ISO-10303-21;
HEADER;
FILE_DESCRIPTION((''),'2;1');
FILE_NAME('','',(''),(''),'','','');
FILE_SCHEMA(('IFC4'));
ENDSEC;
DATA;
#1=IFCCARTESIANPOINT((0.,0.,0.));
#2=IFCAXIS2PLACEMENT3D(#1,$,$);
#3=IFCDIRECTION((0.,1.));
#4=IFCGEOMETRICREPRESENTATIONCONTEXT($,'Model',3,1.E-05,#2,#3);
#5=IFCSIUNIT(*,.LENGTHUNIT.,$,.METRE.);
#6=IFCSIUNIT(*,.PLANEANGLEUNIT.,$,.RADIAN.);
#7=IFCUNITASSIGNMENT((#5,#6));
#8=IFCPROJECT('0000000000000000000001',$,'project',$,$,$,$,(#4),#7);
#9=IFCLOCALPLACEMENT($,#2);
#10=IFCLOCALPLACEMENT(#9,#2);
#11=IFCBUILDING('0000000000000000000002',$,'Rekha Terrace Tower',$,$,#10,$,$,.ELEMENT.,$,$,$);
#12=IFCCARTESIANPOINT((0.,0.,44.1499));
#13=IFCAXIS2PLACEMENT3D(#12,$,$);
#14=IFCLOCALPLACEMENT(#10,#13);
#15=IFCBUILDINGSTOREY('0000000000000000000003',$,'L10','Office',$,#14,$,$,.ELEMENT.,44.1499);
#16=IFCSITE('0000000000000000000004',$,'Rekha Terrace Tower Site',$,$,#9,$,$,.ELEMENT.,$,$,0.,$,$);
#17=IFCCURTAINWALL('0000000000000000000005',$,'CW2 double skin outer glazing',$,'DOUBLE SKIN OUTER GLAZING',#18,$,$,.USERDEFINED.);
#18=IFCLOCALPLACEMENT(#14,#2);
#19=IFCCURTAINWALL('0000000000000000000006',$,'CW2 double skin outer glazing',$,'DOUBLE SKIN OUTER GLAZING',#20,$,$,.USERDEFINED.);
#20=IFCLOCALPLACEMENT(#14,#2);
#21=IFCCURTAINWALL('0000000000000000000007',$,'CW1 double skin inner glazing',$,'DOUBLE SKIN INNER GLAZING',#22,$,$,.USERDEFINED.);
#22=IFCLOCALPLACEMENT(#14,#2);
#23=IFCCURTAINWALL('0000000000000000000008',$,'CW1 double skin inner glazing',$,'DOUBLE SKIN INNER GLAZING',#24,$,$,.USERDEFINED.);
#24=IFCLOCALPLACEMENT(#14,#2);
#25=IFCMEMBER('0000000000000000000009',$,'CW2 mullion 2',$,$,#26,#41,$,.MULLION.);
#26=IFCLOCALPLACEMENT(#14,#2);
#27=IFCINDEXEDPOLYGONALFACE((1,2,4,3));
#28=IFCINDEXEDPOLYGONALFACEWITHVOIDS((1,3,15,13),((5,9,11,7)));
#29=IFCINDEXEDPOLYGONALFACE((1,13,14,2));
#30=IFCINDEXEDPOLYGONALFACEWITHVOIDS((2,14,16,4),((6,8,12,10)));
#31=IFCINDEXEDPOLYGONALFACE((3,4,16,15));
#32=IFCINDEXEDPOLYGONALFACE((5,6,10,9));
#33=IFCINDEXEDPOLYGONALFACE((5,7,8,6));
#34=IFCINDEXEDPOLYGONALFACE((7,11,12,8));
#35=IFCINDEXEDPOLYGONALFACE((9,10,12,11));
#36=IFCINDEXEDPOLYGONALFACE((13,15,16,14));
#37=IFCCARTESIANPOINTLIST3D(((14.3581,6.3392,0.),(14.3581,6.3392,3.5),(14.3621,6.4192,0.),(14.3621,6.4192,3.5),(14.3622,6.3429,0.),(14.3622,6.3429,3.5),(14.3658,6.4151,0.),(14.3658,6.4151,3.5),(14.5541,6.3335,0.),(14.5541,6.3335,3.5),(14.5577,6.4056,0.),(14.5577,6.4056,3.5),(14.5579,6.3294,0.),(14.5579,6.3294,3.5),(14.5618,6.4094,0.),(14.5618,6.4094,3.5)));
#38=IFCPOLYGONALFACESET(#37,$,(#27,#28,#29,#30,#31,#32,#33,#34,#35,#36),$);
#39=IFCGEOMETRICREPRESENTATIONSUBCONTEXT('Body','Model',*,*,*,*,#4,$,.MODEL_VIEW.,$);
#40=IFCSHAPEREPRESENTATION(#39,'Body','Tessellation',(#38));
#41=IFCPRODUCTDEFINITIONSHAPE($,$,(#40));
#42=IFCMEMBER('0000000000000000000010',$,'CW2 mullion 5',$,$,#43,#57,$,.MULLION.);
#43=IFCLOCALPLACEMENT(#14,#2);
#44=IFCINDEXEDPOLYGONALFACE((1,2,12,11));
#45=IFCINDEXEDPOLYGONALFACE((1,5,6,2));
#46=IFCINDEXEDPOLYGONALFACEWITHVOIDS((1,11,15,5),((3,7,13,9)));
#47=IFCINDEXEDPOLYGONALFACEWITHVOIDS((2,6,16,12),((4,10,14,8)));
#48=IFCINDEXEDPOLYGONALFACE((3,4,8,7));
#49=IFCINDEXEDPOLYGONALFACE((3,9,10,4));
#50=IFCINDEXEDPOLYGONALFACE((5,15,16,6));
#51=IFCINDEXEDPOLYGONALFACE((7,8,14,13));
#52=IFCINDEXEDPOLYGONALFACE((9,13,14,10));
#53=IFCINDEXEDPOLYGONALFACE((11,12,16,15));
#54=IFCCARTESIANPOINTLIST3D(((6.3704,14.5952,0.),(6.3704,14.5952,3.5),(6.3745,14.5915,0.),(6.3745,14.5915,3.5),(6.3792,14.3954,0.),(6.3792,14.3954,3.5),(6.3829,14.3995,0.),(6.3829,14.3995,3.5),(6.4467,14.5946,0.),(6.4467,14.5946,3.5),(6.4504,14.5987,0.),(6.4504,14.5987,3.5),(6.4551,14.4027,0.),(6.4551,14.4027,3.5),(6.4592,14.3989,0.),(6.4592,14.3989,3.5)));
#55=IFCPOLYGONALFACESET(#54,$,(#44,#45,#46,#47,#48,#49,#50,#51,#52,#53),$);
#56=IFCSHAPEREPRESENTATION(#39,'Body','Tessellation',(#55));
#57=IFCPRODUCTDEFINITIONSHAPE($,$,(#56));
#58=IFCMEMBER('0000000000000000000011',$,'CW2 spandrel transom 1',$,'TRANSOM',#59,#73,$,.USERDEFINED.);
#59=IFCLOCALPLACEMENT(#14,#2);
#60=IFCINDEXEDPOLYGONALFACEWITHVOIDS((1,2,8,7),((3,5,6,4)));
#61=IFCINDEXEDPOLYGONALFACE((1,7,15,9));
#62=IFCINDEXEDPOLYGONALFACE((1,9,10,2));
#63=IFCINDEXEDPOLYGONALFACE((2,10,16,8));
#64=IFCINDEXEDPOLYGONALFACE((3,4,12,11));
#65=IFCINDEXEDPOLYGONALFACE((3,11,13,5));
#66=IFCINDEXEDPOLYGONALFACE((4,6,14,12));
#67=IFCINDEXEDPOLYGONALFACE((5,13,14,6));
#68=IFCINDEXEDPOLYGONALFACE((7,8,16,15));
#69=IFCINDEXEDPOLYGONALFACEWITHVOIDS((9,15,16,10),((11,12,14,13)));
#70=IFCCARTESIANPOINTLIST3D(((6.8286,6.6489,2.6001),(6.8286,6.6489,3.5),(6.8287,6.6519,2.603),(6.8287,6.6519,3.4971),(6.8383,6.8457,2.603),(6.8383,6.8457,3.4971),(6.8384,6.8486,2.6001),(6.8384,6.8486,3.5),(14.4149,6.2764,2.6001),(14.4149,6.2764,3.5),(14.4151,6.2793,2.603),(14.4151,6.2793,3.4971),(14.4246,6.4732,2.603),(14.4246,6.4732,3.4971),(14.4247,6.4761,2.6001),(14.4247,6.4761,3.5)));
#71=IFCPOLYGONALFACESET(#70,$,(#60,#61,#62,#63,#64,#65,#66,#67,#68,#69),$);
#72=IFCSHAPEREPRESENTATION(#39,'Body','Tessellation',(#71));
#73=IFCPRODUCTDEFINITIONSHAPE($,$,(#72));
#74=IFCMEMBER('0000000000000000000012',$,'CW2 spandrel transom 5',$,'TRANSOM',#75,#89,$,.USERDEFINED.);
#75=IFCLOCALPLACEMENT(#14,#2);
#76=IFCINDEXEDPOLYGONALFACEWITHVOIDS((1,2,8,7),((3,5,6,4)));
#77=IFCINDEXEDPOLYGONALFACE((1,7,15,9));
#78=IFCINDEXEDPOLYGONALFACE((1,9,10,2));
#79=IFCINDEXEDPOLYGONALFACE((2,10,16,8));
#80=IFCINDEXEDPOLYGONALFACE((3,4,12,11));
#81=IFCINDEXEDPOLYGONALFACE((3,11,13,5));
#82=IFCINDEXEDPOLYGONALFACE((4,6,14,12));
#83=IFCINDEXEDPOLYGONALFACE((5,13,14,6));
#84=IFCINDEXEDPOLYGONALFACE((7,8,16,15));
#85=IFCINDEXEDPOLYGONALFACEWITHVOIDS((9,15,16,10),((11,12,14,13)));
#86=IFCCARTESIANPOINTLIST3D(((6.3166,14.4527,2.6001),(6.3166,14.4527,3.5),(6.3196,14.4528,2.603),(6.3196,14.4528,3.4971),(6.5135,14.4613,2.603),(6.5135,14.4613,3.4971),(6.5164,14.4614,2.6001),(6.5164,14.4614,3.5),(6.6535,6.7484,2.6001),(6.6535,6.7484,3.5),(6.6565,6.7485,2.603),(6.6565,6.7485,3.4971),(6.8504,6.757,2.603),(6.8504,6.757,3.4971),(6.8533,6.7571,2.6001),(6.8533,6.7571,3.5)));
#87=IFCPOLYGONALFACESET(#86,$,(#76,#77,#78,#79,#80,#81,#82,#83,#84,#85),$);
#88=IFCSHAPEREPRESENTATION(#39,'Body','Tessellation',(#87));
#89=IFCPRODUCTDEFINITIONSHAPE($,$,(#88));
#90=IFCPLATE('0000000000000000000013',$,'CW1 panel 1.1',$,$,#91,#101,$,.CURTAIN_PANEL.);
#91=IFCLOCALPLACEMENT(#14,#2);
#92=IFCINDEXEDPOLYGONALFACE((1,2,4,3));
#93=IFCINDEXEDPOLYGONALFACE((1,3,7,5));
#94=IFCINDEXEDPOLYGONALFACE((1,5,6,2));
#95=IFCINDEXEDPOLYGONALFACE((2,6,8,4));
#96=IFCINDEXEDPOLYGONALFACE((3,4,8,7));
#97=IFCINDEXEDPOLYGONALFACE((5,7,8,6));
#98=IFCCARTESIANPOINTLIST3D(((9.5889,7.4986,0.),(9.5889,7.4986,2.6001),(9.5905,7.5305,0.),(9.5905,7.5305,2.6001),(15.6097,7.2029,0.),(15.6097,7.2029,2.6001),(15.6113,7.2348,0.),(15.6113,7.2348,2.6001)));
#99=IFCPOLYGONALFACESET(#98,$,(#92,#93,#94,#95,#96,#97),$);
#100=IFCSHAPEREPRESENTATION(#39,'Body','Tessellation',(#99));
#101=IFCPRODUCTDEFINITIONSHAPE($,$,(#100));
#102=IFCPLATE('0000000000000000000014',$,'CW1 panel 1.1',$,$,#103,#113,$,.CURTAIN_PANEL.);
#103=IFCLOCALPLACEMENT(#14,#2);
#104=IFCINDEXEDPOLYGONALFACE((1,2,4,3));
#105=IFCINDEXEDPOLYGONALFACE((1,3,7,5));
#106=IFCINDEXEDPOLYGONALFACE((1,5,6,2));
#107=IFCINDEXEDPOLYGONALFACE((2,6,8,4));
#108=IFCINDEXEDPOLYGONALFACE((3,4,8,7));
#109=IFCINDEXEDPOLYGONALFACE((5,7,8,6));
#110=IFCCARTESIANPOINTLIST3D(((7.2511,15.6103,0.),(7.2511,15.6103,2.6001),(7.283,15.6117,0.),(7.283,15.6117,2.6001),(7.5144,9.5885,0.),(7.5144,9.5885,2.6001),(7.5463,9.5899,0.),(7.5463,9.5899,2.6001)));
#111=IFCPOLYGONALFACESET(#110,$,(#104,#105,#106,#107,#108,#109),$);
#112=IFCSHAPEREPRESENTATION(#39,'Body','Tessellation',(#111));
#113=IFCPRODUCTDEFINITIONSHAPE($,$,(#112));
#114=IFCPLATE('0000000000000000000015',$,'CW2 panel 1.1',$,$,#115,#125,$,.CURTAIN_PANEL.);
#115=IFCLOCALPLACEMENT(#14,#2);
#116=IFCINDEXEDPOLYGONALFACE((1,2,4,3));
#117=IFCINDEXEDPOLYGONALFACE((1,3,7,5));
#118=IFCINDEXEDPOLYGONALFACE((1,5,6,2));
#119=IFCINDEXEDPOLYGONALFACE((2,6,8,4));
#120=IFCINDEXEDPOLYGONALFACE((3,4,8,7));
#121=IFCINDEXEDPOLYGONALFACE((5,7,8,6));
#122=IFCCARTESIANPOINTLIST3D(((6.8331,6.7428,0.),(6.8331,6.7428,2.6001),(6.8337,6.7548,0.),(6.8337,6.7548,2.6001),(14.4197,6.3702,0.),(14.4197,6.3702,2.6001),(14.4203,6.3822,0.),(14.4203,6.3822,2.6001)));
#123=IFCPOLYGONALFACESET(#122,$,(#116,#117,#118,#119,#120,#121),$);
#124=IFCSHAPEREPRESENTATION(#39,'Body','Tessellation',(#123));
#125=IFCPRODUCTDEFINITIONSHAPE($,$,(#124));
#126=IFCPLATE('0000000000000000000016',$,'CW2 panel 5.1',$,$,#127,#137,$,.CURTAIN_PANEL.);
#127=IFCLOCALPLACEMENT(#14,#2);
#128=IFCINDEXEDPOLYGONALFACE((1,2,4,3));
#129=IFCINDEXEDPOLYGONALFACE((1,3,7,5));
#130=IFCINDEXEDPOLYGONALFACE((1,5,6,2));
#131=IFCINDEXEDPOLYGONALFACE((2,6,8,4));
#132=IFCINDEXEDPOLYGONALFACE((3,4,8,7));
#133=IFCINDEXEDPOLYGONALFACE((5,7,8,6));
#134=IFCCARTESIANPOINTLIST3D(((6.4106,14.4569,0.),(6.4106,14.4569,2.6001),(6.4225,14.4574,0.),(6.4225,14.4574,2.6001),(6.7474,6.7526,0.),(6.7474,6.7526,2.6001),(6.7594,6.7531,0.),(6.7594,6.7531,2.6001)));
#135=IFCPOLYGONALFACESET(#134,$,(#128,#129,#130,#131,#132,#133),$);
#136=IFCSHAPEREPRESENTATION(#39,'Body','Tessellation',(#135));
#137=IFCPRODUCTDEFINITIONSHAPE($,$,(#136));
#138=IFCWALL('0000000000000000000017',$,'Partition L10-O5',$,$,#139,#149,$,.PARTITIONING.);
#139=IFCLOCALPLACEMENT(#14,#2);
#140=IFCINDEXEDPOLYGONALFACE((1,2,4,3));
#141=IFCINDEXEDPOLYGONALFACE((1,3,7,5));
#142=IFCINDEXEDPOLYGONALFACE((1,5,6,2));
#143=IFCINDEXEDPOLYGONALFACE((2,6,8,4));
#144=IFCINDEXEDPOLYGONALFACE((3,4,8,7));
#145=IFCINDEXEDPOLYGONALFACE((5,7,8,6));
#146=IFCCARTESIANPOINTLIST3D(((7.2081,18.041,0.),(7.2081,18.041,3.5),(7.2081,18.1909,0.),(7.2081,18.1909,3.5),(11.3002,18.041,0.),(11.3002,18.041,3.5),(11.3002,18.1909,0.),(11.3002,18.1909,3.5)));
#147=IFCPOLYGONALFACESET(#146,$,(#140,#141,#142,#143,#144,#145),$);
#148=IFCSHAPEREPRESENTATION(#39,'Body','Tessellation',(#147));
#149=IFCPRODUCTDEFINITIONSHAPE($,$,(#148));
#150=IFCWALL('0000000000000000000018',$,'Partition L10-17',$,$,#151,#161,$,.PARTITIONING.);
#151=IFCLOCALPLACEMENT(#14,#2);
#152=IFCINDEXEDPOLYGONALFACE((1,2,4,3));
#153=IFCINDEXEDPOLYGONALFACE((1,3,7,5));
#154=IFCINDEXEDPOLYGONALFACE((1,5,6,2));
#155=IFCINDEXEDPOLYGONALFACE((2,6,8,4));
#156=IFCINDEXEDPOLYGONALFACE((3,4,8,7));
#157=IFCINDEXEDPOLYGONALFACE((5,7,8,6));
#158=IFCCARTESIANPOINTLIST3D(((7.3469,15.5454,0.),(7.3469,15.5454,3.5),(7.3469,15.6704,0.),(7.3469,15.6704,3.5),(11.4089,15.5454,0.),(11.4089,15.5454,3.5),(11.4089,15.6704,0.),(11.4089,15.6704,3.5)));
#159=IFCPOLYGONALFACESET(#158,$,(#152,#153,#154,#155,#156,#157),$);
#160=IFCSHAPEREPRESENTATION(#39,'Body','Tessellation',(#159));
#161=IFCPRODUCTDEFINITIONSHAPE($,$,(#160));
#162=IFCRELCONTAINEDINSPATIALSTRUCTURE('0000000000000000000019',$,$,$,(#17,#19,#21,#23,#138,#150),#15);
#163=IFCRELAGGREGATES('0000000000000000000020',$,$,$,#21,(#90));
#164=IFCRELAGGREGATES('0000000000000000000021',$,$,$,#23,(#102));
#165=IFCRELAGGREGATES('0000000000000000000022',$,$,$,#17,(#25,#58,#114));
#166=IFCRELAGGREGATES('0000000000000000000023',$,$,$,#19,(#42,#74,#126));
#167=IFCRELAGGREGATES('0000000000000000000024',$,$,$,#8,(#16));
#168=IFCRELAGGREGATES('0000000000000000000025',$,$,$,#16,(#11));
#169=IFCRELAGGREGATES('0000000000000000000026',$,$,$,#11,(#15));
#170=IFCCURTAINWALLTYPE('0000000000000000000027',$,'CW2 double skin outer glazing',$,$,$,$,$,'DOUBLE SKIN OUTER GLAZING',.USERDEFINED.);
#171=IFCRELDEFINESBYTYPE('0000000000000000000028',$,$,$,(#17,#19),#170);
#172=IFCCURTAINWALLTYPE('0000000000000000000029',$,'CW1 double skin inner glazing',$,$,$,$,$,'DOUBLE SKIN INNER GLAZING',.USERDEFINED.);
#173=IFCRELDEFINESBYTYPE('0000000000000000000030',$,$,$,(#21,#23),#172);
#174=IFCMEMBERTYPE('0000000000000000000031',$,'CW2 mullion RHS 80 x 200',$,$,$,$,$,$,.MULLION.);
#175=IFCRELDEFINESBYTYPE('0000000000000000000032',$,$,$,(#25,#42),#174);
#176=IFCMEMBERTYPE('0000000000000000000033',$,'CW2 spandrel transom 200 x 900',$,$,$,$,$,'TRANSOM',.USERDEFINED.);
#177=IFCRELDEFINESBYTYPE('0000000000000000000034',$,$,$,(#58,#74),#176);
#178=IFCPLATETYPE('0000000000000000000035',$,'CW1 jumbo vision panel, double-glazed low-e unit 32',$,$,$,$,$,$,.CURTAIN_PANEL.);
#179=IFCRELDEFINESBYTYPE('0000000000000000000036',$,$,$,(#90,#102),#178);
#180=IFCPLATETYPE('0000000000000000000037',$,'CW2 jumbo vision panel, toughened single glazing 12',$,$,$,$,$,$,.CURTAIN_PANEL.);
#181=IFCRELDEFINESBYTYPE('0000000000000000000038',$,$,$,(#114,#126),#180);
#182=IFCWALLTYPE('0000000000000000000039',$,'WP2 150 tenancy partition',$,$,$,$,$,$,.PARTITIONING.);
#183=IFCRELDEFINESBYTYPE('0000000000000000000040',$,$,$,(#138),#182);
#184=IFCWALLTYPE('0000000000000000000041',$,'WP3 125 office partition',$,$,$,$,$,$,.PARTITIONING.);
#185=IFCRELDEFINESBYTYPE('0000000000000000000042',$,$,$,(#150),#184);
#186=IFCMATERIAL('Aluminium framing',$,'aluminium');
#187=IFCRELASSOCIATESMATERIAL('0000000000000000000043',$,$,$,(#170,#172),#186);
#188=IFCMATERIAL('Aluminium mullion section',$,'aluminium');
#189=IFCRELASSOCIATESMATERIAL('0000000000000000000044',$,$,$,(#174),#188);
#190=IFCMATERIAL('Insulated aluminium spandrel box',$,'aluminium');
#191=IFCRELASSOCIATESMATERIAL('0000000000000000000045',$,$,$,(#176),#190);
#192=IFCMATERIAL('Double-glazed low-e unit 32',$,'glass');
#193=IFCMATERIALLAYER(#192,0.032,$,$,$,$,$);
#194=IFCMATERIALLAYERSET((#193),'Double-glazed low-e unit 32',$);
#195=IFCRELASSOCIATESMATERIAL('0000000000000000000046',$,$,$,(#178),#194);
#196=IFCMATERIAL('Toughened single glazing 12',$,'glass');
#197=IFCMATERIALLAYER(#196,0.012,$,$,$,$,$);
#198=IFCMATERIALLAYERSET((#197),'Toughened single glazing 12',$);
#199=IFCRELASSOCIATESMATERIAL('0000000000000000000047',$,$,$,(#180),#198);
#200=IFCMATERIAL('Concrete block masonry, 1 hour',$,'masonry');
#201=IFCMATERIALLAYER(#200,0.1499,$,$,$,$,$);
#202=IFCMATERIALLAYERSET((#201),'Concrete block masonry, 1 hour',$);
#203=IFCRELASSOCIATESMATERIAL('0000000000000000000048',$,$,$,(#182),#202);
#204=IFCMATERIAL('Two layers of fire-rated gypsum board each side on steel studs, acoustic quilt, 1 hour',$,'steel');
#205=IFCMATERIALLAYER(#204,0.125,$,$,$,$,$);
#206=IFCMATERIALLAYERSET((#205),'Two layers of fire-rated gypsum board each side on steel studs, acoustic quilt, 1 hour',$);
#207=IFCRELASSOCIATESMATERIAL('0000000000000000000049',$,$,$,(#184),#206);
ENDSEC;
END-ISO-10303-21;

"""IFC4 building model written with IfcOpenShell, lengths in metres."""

from ifc_helpers import new_model, si_unit, direction, frame, frame_2d, origin, origin_2d, place, context, subcontext, project, spatial, rectangle, hollow_rectangle, extrude, material, layer, layer_set, material_profile, profile_set, type_object, element, aggregate, save


model = new_model("IFC4")

# Units and contexts
model_context = context("Model", 3, precision=1e-05, world=origin(), true_north=direction((0.0, 1.0)))
body_context = subcontext(model_context, "Body", "Model", "MODEL_VIEW")
ifc_project = project(units=[si_unit("LENGTHUNIT", "METRE"), si_unit("PLANEANGLEUNIT", "RADIAN")], contexts=[model_context])

# Site, building, storey
site_placement = place(None, origin())
site = spatial("IfcSite", under=ifc_project, at=site_placement, Name="Rekha Terrace Tower Site", CompositionType="ELEMENT", RefElevation=0.0)
building_placement = place(site_placement, origin())
building = spatial("IfcBuilding", under=site, at=building_placement, Name="Rekha Terrace Tower", CompositionType="ELEMENT")
storey_placement = place(building_placement, frame((0.0, 0.0, 44.1499)))
storey = spatial("IfcBuildingStorey", under=building, at=storey_placement, Name="L10", Description="Office", CompositionType="ELEMENT", Elevation=44.1499)

# Curtain walls
ifc_material_1 = material(Name="Aluminium framing", Category="aluminium")
curtain_wall_type_1 = type_object("IfcCurtainWallType", Name="CW2 double skin outer glazing", ElementType="DOUBLE SKIN OUTER GLAZING", PredefinedType="USERDEFINED", material=ifc_material_1)
curtain_wall_1_placement = place(storey_placement, origin())
curtain_wall_1 = element("IfcCurtainWall", 1, at=curtain_wall_1_placement, inside=storey, type_object=curtain_wall_type_1, Name="CW2 double skin outer glazing", ObjectType="DOUBLE SKIN OUTER GLAZING", PredefinedType="USERDEFINED")
curtain_wall_2_placement = place(storey_placement, origin())
curtain_wall_2 = element("IfcCurtainWall", 2, at=curtain_wall_2_placement, inside=storey, type_object=curtain_wall_type_1, Name="CW2 double skin outer glazing", ObjectType="DOUBLE SKIN OUTER GLAZING", PredefinedType="USERDEFINED")
curtain_wall_type_2 = type_object("IfcCurtainWallType", Name="CW1 double skin inner glazing", ElementType="DOUBLE SKIN INNER GLAZING", PredefinedType="USERDEFINED", material=ifc_material_1)
curtain_wall_3_placement = place(storey_placement, origin())
curtain_wall_3 = element("IfcCurtainWall", 3, at=curtain_wall_3_placement, inside=storey, type_object=curtain_wall_type_2, Name="CW1 double skin inner glazing", ObjectType="DOUBLE SKIN INNER GLAZING", PredefinedType="USERDEFINED")
ifc_material_2 = material(Name="Aluminium mullion section", Category="aluminium")

# Curtain wall
curtain_wall_4_placement = place(storey_placement, origin())
curtain_wall_4 = element("IfcCurtainWall", 4, at=curtain_wall_4_placement, inside=storey, type_object=curtain_wall_type_2, Name="CW1 double skin inner glazing", ObjectType="DOUBLE SKIN INNER GLAZING", PredefinedType="USERDEFINED")

# Members
ifc_material_3 = material(Name="Insulated aluminium spandrel box", Category="aluminium")
ifc_material_profile_1 = material_profile(ifc_material_2, hollow_rectangle(XDim=0.0801, YDim=0.2, WallThickness=0.0039, at=origin_2d()), Name="AL RHS 80x200")
ifc_profile_set_1 = profile_set([ifc_material_profile_1], Name="Aluminium mullion section")
member_type_1 = type_object("IfcMemberType", Name="CW2 mullion RHS 80 x 200", PredefinedType="MULLION", material=ifc_profile_set_1)
member_1_placement = place(storey_placement, frame((14.46, 6.3743, 0.0), z_axis=(0.0, 0.0, 1.0), x_axis=(0.049052, 0.998796, 0.0)))
member_1 = element("IfcMember", 5, at=member_1_placement, type_object=member_type_1, Name="CW2 mullion 2", PredefinedType="MULLION", context=body_context, shape_type="SweptSolid", body=[
    extrude(hollow_rectangle(XDim=0.0801, YDim=0.2, WallThickness=0.0039, at=origin_2d()), origin(), (0.0, 0.0, 1.0), 3.5),
])
member_2_placement = place(storey_placement, frame((6.4148, 14.4971, 0.0), z_axis=(0.0, 0.0, 1.0), x_axis=(0.999045, 0.043683, 0.0)))
member_2 = element("IfcMember", 6, at=member_2_placement, type_object=member_type_1, Name="CW2 mullion 5", PredefinedType="MULLION", context=body_context, shape_type="SweptSolid", body=[
    extrude(hollow_rectangle(XDim=0.0801, YDim=0.2, WallThickness=0.0039, at=origin_2d()), origin(), (0.0, 0.0, 1.0), 3.5),
])
ifc_material_profile_2 = material_profile(ifc_material_3, hollow_rectangle(XDim=0.2, YDim=0.8999, WallThickness=0.0029, at=origin_2d()), Name="AL SPANDREL BOX 200x900")
ifc_profile_set_2 = profile_set([ifc_material_profile_2], Name="Insulated aluminium spandrel box")
member_type_2 = type_object("IfcMemberType", Name="CW2 spandrel transom 200 x 900", ElementType="TRANSOM", PredefinedType="USERDEFINED", material=ifc_profile_set_2)
member_3_placement = place(storey_placement, frame((6.8335, 6.7488, 3.05), z_axis=(0.998796, -0.049049, 0.0), x_axis=(0.049049, 0.998796, 0.0)))
member_3 = element("IfcMember", 7, at=member_3_placement, type_object=member_type_2, Name="CW2 spandrel transom 1", ObjectType="TRANSOM", PredefinedType="USERDEFINED", context=body_context, shape_type="SweptSolid", body=[
    extrude(hollow_rectangle(XDim=0.2, YDim=0.8999, WallThickness=0.0029, at=origin_2d()), origin(), (0.0, 0.0, 1.0), 7.5955),
])
member_4_placement = place(storey_placement, frame((6.4165, 14.457, 3.05), z_axis=(0.043689, -0.999045, 0.0), x_axis=(0.999045, 0.043689, 0.0)))
member_4 = element("IfcMember", 8, at=member_4_placement, type_object=member_type_2, Name="CW2 spandrel transom 5", ObjectType="TRANSOM", PredefinedType="USERDEFINED", context=body_context, shape_type="SweptSolid", body=[
    extrude(hollow_rectangle(XDim=0.2, YDim=0.8999, WallThickness=0.0029, at=origin_2d()), origin(), (0.0, 0.0, 1.0), 7.7117),
])

# Plates
ifc_material_4 = material(Name="Double-glazed low-e unit 32", Category="glass")
ifc_layer_1 = layer(ifc_material_4, 0.032)
ifc_layer_set_1 = layer_set([ifc_layer_1], Name="Double-glazed low-e unit 32")
plate_type_1 = type_object("IfcPlateType", Name="CW1 jumbo vision panel, double-glazed low-e unit 32", PredefinedType="CURTAIN_PANEL", material=ifc_layer_set_1)
plate_1_placement = place(storey_placement, frame((12.6001, 7.3667, 0.0), z_axis=(0.0, 0.0, 1.0), x_axis=(0.998796, -0.049052, 0.0)))
plate_1 = element("IfcPlate", 9, at=plate_1_placement, type_object=plate_type_1, Name="CW1 panel 1.1", PredefinedType="CURTAIN_PANEL", context=body_context, shape_type="SweptSolid", body=[
    extrude(rectangle(XDim=6.0281, YDim=0.032, at=origin_2d()), origin(), (0.0, 0.0, 1.0), 2.6001),
])
aggregate(curtain_wall_3, [plate_1])
plate_2_placement = place(storey_placement, frame((7.3987, 12.6001, 0.0), z_axis=(0.0, 0.0, 1.0), x_axis=(0.043683, -0.999045, 0.0)))
plate_2 = element("IfcPlate", 10, at=plate_2_placement, type_object=plate_type_1, Name="CW1 panel 1.1", PredefinedType="CURTAIN_PANEL", context=body_context, shape_type="SweptSolid", body=[
    extrude(rectangle(XDim=6.0276, YDim=0.032, at=origin_2d()), origin(), (0.0, 0.0, 1.0), 2.6001),
])
aggregate(curtain_wall_4, [plate_2])
ifc_material_5 = material(Name="Toughened single glazing 12", Category="glass")
ifc_layer_2 = layer(ifc_material_5, 0.012)
ifc_layer_set_2 = layer_set([ifc_layer_2], Name="Toughened single glazing 12")
plate_type_2 = type_object("IfcPlateType", Name="CW2 jumbo vision panel, toughened single glazing 12", PredefinedType="CURTAIN_PANEL", material=ifc_layer_set_2)
plate_3_placement = place(storey_placement, frame((10.6267, 6.5625, 0.0), z_axis=(0.0, 0.0, 1.0), x_axis=(0.998796, -0.049052, 0.0)))
plate_3 = element("IfcPlate", 11, at=plate_3_placement, type_object=plate_type_2, Name="CW2 panel 1.1", PredefinedType="CURTAIN_PANEL", context=body_context, shape_type="SweptSolid", body=[
    extrude(rectangle(XDim=7.5957, YDim=0.012, at=origin_2d()), origin(), (0.0, 0.0, 1.0), 2.6001),
])
aggregate(curtain_wall_1, [member_1, member_3, plate_3])
plate_4_placement = place(storey_placement, frame((6.585, 10.605, 0.0), z_axis=(0.0, 0.0, 1.0), x_axis=(0.043683, -0.999045, 0.0)))
plate_4 = element("IfcPlate", 12, at=plate_4_placement, type_object=plate_type_2, Name="CW2 panel 5.1", PredefinedType="CURTAIN_PANEL", context=body_context, shape_type="SweptSolid", body=[
    extrude(rectangle(XDim=7.7117, YDim=0.012, at=origin_2d()), origin(), (0.0, 0.0, 1.0), 2.6001),
])
aggregate(curtain_wall_2, [member_2, member_4, plate_4])

# Walls
ifc_material_6 = material(Name="Concrete block masonry, 1 hour", Category="masonry")
ifc_layer_3 = layer(ifc_material_6, 0.1499)
ifc_layer_set_3 = layer_set([ifc_layer_3], Name="Concrete block masonry, 1 hour")
wall_type_1 = type_object("IfcWallType", Name="WP2 150 tenancy partition", PredefinedType="PARTITIONING", material=ifc_layer_set_3)
wall_1_placement = place(storey_placement, frame((11.3, 18.116, 0.0), z_axis=(0.0, 0.0, 1.0), x_axis=(-1.0, 0.0, 0.0)))
element("IfcWall", 13, at=wall_1_placement, inside=storey, type_object=wall_type_1, Name="Partition L10-O5", PredefinedType="PARTITIONING", context=body_context, shape_type="SweptSolid", body=[
    extrude(rectangle(XDim=4.092, YDim=0.1499, at=frame_2d((2.0459, 0.0))), origin(), (0.0, 0.0, 1.0), 3.5),
])
ifc_material_7 = material(Name="Two layers of fire-rated gypsum board each side on steel studs, acoustic quilt, 1 hour", Category="steel")
ifc_layer_4 = layer(ifc_material_7, 0.125)
ifc_layer_set_4 = layer_set([ifc_layer_4], Name="Two layers of fire-rated gypsum board each side on steel studs, acoustic quilt, 1 hour")
wall_type_2 = type_object("IfcWallType", Name="WP3 125 office partition", PredefinedType="PARTITIONING", material=ifc_layer_set_4)
wall_2_placement = place(storey_placement, frame((11.4089, 15.6079, 0.0), z_axis=(0.0, 0.0, 1.0), x_axis=(-1.0, 0.0, 0.0)))
element("IfcWall", 14, at=wall_2_placement, inside=storey, type_object=wall_type_2, Name="Partition L10-17", PredefinedType="PARTITIONING", context=body_context, shape_type="SweptSolid", body=[
    extrude(rectangle(XDim=4.062, YDim=0.125, at=frame_2d((2.031, 0.0))), origin(), (0.0, 0.0, 1.0), 3.5),
])

save(model, "model.ifc")
